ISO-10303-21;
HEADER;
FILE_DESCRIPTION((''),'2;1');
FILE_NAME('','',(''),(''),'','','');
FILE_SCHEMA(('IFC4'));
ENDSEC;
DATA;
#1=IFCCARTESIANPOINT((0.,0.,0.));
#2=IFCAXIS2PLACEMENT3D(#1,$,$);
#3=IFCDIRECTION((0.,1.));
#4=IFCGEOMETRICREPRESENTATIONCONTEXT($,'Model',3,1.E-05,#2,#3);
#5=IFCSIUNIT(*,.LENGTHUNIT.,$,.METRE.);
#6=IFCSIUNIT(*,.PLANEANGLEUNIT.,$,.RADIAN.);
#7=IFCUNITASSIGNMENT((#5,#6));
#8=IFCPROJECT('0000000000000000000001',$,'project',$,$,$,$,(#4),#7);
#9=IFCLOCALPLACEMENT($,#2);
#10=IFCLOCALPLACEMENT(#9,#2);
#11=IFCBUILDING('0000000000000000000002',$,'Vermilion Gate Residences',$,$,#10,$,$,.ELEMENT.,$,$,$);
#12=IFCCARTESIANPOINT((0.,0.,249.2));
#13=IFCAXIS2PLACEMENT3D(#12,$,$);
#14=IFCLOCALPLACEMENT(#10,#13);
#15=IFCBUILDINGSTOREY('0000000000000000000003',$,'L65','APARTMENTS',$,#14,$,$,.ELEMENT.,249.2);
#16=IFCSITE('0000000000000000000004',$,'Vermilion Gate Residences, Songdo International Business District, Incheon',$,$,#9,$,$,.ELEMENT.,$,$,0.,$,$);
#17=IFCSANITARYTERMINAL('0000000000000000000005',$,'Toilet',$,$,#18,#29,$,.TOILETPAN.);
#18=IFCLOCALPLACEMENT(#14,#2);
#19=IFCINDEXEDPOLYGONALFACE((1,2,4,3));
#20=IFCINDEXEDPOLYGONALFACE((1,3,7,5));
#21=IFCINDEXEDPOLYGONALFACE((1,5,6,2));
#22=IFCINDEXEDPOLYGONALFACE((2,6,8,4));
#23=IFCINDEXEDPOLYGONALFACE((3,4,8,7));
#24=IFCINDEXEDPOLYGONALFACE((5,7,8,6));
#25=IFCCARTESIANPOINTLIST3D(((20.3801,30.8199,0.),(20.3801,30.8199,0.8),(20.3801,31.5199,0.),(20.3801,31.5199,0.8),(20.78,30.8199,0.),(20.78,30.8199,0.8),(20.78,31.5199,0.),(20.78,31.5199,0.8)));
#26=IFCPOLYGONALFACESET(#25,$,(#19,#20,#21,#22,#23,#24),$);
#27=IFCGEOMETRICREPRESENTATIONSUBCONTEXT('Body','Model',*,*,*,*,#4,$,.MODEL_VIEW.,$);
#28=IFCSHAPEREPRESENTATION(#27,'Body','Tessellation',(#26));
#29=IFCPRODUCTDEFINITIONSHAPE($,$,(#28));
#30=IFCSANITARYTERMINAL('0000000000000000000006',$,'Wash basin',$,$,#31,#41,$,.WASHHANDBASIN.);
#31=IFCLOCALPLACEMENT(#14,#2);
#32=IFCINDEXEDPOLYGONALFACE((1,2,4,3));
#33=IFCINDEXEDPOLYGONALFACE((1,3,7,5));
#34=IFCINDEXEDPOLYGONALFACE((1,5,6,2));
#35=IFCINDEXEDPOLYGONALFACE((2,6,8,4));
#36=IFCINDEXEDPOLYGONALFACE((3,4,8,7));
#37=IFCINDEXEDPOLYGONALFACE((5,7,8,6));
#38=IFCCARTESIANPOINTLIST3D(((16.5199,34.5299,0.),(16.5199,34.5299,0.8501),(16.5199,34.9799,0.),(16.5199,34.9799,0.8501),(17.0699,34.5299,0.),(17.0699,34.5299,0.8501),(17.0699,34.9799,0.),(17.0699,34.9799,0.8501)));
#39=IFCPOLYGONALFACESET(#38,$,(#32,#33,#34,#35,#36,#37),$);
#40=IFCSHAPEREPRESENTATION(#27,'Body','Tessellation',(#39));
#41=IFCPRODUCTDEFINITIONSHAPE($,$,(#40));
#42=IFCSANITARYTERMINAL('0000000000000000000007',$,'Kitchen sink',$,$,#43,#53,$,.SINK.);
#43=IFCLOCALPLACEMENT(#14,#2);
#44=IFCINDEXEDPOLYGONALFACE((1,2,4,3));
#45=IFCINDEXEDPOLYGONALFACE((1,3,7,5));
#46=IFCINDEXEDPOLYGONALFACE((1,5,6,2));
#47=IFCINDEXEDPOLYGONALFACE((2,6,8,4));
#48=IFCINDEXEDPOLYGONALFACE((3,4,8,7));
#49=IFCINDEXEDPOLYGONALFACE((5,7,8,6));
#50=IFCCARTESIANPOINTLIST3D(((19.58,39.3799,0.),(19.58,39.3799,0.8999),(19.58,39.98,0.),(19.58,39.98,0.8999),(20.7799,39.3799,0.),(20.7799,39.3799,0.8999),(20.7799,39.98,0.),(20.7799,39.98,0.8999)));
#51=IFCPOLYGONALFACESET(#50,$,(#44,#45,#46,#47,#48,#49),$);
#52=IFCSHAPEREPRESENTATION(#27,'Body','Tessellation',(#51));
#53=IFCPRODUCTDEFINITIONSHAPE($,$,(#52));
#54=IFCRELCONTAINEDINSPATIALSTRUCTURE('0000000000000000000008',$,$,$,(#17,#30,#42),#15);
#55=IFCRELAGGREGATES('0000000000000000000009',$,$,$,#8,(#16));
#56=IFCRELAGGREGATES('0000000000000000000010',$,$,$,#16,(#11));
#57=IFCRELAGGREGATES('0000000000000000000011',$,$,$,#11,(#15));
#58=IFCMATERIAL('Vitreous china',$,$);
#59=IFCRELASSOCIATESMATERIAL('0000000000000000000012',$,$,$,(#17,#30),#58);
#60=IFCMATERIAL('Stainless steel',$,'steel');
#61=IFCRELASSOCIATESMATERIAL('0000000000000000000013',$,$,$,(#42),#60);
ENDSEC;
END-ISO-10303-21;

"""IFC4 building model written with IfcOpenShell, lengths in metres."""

from ifc_helpers import new_model, si_unit, direction, frame, origin, origin_2d, place, context, subcontext, project, spatial, rectangle, extrude, material, element, save


model = new_model("IFC4")

# Units and contexts
model_context = context("Model", 3, precision=1e-05, world=origin(), true_north=direction((0.0, 1.0)))
body_context = subcontext(model_context, "Body", "Model", "MODEL_VIEW")
ifc_project = project(units=[si_unit("LENGTHUNIT", "METRE"), si_unit("PLANEANGLEUNIT", "RADIAN")], contexts=[model_context])

# Site, building, storey
site_placement = place(None, origin())
site = spatial("IfcSite", under=ifc_project, at=site_placement, Name="Vermilion Gate Residences, Songdo International Business District, Incheon", CompositionType="ELEMENT", RefElevation=0.0)
building_placement = place(site_placement, origin())
building = spatial("IfcBuilding", under=site, at=building_placement, Name="Vermilion Gate Residences", CompositionType="ELEMENT")
storey_placement = place(building_placement, frame((0.0, 0.0, 249.2)))
storey = spatial("IfcBuildingStorey", under=building, at=storey_placement, Name="L65", Description="APARTMENTS", CompositionType="ELEMENT", Elevation=249.2)

# Sanitary terminals
ifc_material_1 = material(Name="Vitreous china")
sanitary_terminal_1_placement = place(storey_placement, frame((20.5801, 31.1699, 0.0), z_axis=(0.0, 0.0, 1.0), x_axis=(1.0, 0.0, 0.0)))
element("IfcSanitaryTerminal", 1, at=sanitary_terminal_1_placement, inside=storey, material=ifc_material_1, Name="Toilet", PredefinedType="TOILETPAN", context=body_context, shape_type="SweptSolid", body=[
    extrude(rectangle(XDim=0.3999, YDim=0.7, at=origin_2d()), origin(), (0.0, 0.0, 1.0), 0.8),
])
sanitary_terminal_2_placement = place(storey_placement, frame((16.7949, 34.7549, 0.0), z_axis=(0.0, 0.0, 1.0), x_axis=(1.0, 0.0, 0.0)))
element("IfcSanitaryTerminal", 2, at=sanitary_terminal_2_placement, inside=storey, material=ifc_material_1, Name="Wash basin", PredefinedType="WASHHANDBASIN", context=body_context, shape_type="SweptSolid", body=[
    extrude(rectangle(XDim=0.55, YDim=0.45, at=origin_2d()), origin(), (0.0, 0.0, 1.0), 0.8501),
])
ifc_material_2 = material(Name="Stainless steel", Category="steel")
sanitary_terminal_3_placement = place(storey_placement, frame((20.1799, 39.6799, 0.0), z_axis=(0.0, 0.0, 1.0), x_axis=(1.0, 0.0, 0.0)))
element("IfcSanitaryTerminal", 3, at=sanitary_terminal_3_placement, inside=storey, material=ifc_material_2, Name="Kitchen sink", PredefinedType="SINK", context=body_context, shape_type="SweptSolid", body=[
    extrude(rectangle(XDim=1.2, YDim=0.6001, at=origin_2d()), origin(), (0.0, 0.0, 1.0), 0.8999),
])

save(model, "model.ifc")
